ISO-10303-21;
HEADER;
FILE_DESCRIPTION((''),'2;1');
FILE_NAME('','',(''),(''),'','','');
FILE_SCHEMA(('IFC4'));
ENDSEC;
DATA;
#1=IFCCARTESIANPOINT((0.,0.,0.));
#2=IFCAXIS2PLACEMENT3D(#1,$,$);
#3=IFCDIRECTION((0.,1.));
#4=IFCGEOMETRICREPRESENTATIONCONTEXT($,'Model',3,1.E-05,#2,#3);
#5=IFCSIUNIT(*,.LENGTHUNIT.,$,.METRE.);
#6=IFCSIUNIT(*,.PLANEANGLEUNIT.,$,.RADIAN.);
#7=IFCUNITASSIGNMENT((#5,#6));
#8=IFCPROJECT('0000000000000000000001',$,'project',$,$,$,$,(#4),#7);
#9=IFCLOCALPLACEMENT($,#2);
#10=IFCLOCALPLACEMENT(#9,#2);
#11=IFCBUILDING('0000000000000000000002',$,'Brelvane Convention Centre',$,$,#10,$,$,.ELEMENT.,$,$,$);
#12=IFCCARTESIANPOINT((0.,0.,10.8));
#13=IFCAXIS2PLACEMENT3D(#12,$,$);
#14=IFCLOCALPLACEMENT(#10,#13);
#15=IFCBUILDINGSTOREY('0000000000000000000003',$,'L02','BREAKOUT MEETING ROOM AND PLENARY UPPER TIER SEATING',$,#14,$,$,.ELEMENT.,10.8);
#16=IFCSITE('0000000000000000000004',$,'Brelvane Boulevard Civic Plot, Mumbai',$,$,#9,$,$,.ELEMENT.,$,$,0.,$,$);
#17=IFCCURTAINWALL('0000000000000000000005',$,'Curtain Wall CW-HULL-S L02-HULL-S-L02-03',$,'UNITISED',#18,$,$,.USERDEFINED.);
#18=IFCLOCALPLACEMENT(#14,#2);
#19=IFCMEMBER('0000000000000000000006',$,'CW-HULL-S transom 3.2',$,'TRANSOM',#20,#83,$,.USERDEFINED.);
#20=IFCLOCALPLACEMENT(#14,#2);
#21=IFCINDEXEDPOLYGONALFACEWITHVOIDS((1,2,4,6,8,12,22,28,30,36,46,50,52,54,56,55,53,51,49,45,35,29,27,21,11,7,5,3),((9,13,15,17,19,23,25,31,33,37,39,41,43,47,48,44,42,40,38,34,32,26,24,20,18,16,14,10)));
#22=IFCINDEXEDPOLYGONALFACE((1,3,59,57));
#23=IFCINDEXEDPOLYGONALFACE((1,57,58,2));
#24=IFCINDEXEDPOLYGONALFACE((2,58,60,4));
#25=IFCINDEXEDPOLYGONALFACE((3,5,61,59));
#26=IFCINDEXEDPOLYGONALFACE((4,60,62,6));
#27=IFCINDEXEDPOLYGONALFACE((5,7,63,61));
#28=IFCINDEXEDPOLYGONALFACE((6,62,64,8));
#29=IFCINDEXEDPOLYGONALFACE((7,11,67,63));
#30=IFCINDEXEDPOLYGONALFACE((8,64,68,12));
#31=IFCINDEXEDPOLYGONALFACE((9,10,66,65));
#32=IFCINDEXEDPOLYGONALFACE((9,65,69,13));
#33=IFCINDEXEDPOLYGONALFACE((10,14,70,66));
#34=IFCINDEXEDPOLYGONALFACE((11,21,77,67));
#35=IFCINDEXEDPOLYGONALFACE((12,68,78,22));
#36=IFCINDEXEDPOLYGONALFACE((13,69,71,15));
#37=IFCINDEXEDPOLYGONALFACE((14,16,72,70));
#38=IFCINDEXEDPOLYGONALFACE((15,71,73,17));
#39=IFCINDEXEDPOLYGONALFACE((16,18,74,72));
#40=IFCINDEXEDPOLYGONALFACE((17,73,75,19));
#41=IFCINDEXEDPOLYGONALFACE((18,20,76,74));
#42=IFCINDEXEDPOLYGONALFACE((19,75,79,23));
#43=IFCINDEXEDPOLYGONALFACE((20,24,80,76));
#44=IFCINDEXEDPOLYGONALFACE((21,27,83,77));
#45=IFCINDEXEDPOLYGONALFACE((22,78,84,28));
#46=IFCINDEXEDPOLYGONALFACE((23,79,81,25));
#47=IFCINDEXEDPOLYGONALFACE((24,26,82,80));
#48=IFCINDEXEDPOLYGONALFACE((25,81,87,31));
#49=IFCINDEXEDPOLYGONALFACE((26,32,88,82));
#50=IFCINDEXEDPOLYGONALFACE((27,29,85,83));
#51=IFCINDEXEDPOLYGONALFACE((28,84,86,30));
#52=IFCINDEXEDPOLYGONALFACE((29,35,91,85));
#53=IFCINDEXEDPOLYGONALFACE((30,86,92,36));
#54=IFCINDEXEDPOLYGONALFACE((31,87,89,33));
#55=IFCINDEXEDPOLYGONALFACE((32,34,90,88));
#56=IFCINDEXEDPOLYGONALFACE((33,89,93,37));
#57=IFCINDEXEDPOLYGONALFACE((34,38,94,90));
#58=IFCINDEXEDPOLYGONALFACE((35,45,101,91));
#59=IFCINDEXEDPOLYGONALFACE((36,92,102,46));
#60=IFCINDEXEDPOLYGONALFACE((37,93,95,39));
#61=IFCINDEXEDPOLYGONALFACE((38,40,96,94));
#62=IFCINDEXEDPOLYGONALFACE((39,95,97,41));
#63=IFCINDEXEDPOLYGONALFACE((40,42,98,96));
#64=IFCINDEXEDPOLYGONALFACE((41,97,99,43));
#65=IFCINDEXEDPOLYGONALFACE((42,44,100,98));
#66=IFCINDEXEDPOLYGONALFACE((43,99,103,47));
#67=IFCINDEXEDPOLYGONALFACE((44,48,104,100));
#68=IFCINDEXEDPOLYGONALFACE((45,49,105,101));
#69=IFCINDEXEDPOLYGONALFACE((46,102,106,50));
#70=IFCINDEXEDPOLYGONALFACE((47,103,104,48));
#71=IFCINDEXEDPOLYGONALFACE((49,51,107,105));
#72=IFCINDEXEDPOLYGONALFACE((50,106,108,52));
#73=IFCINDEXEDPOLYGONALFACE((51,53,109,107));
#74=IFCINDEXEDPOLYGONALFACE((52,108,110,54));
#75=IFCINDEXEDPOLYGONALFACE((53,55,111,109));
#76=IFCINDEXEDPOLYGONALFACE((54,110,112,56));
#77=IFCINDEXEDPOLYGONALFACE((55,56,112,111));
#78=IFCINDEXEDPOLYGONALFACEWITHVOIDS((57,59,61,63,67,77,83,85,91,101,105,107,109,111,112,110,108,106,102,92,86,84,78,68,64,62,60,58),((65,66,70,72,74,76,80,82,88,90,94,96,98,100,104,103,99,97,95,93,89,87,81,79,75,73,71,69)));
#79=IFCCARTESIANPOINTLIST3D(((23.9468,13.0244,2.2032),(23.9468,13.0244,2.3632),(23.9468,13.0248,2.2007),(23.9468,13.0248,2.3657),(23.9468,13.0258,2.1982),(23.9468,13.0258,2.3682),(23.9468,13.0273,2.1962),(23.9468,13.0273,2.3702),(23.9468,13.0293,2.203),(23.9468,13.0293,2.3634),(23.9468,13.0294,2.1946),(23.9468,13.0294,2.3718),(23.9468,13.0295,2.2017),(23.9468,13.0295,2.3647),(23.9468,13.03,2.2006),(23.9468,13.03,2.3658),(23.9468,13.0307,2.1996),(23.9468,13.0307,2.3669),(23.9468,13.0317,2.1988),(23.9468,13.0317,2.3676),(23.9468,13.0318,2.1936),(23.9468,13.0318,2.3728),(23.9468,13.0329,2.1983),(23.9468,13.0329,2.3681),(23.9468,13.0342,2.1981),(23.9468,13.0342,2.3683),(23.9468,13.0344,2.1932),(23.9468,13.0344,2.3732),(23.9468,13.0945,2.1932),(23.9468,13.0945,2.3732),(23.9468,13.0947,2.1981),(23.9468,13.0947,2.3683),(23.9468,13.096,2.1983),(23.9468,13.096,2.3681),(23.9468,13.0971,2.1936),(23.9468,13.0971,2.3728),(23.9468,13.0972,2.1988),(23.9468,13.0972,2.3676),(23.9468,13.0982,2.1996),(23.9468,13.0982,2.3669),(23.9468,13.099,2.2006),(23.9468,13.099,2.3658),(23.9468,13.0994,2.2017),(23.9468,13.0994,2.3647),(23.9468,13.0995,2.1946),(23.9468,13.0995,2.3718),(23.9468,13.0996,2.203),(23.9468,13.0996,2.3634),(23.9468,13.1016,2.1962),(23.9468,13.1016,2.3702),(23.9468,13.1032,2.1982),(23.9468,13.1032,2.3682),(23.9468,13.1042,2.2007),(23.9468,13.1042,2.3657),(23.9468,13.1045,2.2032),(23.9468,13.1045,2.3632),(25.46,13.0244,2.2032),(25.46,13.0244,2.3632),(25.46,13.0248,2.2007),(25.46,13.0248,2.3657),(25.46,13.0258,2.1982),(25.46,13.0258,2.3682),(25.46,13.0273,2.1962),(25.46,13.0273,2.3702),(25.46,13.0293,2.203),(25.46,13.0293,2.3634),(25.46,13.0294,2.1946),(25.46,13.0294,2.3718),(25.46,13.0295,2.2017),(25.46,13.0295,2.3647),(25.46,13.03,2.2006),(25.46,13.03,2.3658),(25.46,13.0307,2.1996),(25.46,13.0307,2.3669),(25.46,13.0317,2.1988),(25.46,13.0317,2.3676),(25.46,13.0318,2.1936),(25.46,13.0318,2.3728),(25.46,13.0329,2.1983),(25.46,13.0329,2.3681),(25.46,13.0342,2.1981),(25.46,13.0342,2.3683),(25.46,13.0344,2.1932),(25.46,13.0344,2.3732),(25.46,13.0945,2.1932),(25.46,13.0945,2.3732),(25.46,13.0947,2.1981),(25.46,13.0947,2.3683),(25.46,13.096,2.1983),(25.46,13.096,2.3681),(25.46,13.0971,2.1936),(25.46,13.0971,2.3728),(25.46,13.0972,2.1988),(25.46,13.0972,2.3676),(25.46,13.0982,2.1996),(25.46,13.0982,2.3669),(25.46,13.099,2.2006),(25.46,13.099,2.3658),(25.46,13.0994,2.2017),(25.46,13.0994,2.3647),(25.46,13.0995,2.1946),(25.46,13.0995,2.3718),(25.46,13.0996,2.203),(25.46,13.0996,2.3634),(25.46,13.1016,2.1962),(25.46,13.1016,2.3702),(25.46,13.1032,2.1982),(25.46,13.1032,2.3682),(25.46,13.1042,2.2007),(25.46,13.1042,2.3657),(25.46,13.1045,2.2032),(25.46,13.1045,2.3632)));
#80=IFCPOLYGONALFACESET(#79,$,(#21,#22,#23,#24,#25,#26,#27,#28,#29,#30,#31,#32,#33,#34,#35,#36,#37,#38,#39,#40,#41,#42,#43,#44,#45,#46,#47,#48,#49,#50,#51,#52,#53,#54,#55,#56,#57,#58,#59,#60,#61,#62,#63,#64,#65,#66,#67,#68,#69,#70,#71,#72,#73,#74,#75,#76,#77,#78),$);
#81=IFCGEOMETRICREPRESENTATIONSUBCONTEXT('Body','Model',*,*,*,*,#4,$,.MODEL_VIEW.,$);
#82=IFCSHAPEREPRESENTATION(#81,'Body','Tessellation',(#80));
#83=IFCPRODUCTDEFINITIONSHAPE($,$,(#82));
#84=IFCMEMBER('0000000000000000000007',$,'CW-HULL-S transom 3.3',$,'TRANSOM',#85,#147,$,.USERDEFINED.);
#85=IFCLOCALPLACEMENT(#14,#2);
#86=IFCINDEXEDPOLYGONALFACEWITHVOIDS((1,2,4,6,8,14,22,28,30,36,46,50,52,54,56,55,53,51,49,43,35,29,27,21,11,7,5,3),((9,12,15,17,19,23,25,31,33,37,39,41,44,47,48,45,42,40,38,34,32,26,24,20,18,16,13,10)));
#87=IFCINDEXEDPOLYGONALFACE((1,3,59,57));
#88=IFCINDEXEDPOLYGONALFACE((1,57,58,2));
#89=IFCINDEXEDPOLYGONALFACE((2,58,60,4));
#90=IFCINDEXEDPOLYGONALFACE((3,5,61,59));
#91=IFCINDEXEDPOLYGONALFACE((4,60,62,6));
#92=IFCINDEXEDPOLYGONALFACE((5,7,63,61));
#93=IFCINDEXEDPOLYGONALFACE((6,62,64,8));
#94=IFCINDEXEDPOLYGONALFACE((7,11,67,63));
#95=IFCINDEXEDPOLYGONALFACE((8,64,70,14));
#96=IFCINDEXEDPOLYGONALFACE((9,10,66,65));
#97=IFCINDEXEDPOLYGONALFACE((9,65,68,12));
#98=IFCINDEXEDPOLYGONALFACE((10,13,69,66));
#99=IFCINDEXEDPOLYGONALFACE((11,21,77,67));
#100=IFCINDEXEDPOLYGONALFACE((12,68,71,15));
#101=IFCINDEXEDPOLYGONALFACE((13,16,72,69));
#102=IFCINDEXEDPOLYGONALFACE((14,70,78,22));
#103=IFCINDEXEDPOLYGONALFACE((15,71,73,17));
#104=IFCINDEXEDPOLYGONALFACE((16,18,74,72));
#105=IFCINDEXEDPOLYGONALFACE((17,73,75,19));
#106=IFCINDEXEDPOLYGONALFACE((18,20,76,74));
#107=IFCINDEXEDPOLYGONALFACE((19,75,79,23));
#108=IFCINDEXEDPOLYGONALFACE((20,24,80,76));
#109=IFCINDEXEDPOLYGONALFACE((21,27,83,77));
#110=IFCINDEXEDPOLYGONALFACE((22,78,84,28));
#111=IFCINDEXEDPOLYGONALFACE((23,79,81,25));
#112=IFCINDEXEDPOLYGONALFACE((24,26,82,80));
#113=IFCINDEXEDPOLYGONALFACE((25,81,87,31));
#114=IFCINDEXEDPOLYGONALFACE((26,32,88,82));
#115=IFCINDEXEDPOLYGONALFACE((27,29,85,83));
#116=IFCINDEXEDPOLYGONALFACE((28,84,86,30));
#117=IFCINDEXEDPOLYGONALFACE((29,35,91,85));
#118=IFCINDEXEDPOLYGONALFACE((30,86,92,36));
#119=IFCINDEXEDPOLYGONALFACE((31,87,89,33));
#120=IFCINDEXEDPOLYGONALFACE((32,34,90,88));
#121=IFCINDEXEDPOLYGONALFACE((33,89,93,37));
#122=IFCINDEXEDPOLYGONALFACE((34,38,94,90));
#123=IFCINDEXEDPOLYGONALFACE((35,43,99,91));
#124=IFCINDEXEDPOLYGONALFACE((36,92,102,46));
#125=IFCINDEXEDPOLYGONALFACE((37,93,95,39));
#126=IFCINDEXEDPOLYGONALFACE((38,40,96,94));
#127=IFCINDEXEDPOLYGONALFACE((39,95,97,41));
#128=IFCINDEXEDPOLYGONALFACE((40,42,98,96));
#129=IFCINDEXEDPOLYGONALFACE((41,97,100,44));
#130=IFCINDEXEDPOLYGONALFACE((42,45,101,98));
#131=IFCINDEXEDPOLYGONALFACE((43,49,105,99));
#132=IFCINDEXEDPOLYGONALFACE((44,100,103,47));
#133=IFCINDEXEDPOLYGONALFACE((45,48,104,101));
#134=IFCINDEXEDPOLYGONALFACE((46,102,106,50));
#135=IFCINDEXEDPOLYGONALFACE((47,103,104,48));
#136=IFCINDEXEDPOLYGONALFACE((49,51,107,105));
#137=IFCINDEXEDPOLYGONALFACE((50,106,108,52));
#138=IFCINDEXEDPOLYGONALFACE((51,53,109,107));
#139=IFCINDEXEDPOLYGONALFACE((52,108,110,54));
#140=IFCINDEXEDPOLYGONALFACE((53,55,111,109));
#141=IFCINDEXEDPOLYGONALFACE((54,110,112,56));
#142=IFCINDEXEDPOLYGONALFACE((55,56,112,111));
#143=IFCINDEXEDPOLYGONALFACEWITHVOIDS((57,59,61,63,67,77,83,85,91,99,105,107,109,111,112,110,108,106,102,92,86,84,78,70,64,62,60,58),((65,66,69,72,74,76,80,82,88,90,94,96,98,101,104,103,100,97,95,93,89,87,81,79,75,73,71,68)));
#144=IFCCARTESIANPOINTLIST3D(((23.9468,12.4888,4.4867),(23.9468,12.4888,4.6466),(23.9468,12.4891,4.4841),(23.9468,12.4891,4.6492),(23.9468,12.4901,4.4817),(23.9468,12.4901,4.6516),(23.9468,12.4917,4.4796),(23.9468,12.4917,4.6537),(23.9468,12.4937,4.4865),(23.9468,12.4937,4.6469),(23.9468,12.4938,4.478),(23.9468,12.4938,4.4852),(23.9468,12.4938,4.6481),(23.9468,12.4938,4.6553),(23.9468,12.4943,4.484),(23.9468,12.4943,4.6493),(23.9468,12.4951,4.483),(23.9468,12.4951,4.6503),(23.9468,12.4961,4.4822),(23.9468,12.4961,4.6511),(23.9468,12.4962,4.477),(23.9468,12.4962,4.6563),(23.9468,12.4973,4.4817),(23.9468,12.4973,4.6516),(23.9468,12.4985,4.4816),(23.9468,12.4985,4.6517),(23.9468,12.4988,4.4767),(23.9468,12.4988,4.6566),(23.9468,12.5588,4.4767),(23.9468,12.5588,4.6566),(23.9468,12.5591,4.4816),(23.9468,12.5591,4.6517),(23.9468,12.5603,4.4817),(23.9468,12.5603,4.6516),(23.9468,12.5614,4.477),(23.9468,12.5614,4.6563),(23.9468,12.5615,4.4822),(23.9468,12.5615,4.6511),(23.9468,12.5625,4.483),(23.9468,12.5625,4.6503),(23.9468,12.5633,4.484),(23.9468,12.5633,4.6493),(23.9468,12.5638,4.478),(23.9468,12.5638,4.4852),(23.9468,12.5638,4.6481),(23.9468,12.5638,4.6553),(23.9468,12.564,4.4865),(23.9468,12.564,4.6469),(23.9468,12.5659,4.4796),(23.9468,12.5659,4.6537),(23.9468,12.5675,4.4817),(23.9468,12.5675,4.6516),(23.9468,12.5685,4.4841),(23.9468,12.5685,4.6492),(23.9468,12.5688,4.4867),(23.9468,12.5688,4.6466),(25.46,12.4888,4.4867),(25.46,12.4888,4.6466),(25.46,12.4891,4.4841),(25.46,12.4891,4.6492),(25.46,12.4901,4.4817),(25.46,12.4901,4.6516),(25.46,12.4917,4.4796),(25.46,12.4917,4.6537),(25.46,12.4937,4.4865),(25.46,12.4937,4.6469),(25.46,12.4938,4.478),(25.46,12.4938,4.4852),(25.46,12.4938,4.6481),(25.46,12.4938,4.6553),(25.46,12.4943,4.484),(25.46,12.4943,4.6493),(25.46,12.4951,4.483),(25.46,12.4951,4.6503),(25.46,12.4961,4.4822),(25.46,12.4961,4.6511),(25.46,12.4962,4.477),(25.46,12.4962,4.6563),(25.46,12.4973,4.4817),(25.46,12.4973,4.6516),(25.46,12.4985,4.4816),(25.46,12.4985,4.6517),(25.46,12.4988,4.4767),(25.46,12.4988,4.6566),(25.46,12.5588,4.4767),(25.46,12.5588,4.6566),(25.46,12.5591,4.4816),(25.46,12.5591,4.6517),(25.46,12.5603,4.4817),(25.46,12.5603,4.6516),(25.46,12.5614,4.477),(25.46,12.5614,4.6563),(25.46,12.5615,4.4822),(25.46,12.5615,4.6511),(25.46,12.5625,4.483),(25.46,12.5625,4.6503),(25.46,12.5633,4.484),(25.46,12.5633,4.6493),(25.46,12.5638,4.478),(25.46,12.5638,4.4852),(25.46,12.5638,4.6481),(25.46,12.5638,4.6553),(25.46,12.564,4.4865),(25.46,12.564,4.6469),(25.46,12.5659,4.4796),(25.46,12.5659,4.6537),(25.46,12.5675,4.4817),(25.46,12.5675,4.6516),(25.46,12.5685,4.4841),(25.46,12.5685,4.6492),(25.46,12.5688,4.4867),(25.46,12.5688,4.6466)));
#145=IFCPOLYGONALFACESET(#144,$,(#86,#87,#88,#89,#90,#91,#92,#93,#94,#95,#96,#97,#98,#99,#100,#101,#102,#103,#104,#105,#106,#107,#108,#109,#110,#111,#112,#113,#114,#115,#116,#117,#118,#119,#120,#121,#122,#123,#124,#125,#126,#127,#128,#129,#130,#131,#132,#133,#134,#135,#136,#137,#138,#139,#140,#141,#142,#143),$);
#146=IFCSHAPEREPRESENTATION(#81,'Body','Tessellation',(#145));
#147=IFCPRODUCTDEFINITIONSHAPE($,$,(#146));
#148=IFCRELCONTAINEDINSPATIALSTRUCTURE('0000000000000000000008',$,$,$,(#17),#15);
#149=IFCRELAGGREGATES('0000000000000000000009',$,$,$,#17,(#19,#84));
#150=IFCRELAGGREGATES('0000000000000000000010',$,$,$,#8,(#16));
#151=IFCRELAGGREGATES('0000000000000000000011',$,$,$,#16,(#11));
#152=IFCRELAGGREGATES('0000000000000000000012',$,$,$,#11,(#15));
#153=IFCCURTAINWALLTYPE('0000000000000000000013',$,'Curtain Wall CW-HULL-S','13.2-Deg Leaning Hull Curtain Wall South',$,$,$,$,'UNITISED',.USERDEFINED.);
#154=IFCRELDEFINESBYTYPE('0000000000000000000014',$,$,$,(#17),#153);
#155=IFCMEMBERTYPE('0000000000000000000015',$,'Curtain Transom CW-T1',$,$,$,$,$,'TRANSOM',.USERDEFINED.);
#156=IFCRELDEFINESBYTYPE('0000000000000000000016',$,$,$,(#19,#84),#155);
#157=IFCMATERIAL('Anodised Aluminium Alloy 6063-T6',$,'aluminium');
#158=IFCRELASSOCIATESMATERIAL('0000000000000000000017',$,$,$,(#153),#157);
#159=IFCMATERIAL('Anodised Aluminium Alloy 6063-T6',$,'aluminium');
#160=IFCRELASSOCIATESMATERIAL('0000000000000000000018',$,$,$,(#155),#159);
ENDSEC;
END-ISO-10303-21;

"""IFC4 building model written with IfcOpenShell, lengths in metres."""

from ifc_helpers import new_model, si_unit, direction, frame, origin, origin_2d, place, context, subcontext, project, spatial, hollow_rectangle, extrude, material, material_profile, profile_set, type_object, element, aggregate, save


model = new_model("IFC4")

# Units and contexts
model_context = context("Model", 3, precision=1e-05, world=origin(), true_north=direction((0.0, 1.0)))
body_context = subcontext(model_context, "Body", "Model", "MODEL_VIEW")
ifc_project = project(units=[si_unit("LENGTHUNIT", "METRE"), si_unit("PLANEANGLEUNIT", "RADIAN")], contexts=[model_context])

# Site, building, storey
site_placement = place(None, origin())
site = spatial("IfcSite", under=ifc_project, at=site_placement, Name="Brelvane Boulevard Civic Plot, Mumbai", CompositionType="ELEMENT", RefElevation=0.0)
building_placement = place(site_placement, origin())
building = spatial("IfcBuilding", under=site, at=building_placement, Name="Brelvane Convention Centre", CompositionType="ELEMENT")
storey_placement = place(building_placement, frame((0.0, 0.0, 10.8)))
storey = spatial("IfcBuildingStorey", under=building, at=storey_placement, Name="L02", Description="BREAKOUT MEETING ROOM AND PLENARY UPPER TIER SEATING", CompositionType="ELEMENT", Elevation=10.8)

# Curtain wall, members
ifc_material_1 = material(Name="Anodised Aluminium Alloy 6063-T6", Category="aluminium")
curtain_wall_type = type_object("IfcCurtainWallType", Name="Curtain Wall CW-HULL-S", Description="13.2-Deg Leaning Hull Curtain Wall South", ElementType="UNITISED", PredefinedType="USERDEFINED", material=ifc_material_1)
curtain_wall_1_placement = place(storey_placement, origin())
curtain_wall_1 = element("IfcCurtainWall", 1, at=curtain_wall_1_placement, inside=storey, type_object=curtain_wall_type, Name="Curtain Wall CW-HULL-S L02-HULL-S-L02-03", ObjectType="UNITISED", PredefinedType="USERDEFINED")
ifc_material_2 = material(Name="Anodised Aluminium Alloy 6063-T6", Category="aluminium")
ifc_material_profile = material_profile(ifc_material_2, hollow_rectangle(XDim=0.0801, YDim=0.1799, WallThickness=0.0049, InnerFilletRadius=0.0049, OuterFilletRadius=0.01, at=origin_2d()), Name="ALU-T 180x80x5.0")
ifc_profile_set = profile_set([ifc_material_profile], Name="Anodised Aluminium Alloy 6063-T6")
member_type = type_object("IfcMemberType", Name="Curtain Transom CW-T1", ElementType="TRANSOM", PredefinedType="USERDEFINED", material=ifc_profile_set)
member_1_placement = place(storey_placement, frame((23.9468, 13.0645, 2.2832), z_axis=(1.0, 0.0, 0.0), x_axis=(0.0, 1.0, 0.0)))
member_1 = element("IfcMember", 2, at=member_1_placement, type_object=member_type, Name="CW-HULL-S transom 3.2", ObjectType="TRANSOM", PredefinedType="USERDEFINED", context=body_context, shape_type="SweptSolid", body=[
    extrude(hollow_rectangle(XDim=0.0801, YDim=0.1799, WallThickness=0.0049, InnerFilletRadius=0.0049, OuterFilletRadius=0.01, at=origin_2d()), origin(), (0.0, 0.0, 1.0), 1.5132),
])
member_2_placement = place(storey_placement, frame((23.9468, 12.5288, 4.5667), z_axis=(1.0, 0.0, 0.0), x_axis=(0.0, 1.0, 0.0)))
member_2 = element("IfcMember", 3, at=member_2_placement, type_object=member_type, Name="CW-HULL-S transom 3.3", ObjectType="TRANSOM", PredefinedType="USERDEFINED", context=body_context, shape_type="SweptSolid", body=[
    extrude(hollow_rectangle(XDim=0.0801, YDim=0.1799, WallThickness=0.0049, InnerFilletRadius=0.0049, OuterFilletRadius=0.01, at=origin_2d()), origin(), (0.0, 0.0, 1.0), 1.5132),
])

aggregate(curtain_wall_1, [member_1, member_2])

save(model, "model.ifc")
